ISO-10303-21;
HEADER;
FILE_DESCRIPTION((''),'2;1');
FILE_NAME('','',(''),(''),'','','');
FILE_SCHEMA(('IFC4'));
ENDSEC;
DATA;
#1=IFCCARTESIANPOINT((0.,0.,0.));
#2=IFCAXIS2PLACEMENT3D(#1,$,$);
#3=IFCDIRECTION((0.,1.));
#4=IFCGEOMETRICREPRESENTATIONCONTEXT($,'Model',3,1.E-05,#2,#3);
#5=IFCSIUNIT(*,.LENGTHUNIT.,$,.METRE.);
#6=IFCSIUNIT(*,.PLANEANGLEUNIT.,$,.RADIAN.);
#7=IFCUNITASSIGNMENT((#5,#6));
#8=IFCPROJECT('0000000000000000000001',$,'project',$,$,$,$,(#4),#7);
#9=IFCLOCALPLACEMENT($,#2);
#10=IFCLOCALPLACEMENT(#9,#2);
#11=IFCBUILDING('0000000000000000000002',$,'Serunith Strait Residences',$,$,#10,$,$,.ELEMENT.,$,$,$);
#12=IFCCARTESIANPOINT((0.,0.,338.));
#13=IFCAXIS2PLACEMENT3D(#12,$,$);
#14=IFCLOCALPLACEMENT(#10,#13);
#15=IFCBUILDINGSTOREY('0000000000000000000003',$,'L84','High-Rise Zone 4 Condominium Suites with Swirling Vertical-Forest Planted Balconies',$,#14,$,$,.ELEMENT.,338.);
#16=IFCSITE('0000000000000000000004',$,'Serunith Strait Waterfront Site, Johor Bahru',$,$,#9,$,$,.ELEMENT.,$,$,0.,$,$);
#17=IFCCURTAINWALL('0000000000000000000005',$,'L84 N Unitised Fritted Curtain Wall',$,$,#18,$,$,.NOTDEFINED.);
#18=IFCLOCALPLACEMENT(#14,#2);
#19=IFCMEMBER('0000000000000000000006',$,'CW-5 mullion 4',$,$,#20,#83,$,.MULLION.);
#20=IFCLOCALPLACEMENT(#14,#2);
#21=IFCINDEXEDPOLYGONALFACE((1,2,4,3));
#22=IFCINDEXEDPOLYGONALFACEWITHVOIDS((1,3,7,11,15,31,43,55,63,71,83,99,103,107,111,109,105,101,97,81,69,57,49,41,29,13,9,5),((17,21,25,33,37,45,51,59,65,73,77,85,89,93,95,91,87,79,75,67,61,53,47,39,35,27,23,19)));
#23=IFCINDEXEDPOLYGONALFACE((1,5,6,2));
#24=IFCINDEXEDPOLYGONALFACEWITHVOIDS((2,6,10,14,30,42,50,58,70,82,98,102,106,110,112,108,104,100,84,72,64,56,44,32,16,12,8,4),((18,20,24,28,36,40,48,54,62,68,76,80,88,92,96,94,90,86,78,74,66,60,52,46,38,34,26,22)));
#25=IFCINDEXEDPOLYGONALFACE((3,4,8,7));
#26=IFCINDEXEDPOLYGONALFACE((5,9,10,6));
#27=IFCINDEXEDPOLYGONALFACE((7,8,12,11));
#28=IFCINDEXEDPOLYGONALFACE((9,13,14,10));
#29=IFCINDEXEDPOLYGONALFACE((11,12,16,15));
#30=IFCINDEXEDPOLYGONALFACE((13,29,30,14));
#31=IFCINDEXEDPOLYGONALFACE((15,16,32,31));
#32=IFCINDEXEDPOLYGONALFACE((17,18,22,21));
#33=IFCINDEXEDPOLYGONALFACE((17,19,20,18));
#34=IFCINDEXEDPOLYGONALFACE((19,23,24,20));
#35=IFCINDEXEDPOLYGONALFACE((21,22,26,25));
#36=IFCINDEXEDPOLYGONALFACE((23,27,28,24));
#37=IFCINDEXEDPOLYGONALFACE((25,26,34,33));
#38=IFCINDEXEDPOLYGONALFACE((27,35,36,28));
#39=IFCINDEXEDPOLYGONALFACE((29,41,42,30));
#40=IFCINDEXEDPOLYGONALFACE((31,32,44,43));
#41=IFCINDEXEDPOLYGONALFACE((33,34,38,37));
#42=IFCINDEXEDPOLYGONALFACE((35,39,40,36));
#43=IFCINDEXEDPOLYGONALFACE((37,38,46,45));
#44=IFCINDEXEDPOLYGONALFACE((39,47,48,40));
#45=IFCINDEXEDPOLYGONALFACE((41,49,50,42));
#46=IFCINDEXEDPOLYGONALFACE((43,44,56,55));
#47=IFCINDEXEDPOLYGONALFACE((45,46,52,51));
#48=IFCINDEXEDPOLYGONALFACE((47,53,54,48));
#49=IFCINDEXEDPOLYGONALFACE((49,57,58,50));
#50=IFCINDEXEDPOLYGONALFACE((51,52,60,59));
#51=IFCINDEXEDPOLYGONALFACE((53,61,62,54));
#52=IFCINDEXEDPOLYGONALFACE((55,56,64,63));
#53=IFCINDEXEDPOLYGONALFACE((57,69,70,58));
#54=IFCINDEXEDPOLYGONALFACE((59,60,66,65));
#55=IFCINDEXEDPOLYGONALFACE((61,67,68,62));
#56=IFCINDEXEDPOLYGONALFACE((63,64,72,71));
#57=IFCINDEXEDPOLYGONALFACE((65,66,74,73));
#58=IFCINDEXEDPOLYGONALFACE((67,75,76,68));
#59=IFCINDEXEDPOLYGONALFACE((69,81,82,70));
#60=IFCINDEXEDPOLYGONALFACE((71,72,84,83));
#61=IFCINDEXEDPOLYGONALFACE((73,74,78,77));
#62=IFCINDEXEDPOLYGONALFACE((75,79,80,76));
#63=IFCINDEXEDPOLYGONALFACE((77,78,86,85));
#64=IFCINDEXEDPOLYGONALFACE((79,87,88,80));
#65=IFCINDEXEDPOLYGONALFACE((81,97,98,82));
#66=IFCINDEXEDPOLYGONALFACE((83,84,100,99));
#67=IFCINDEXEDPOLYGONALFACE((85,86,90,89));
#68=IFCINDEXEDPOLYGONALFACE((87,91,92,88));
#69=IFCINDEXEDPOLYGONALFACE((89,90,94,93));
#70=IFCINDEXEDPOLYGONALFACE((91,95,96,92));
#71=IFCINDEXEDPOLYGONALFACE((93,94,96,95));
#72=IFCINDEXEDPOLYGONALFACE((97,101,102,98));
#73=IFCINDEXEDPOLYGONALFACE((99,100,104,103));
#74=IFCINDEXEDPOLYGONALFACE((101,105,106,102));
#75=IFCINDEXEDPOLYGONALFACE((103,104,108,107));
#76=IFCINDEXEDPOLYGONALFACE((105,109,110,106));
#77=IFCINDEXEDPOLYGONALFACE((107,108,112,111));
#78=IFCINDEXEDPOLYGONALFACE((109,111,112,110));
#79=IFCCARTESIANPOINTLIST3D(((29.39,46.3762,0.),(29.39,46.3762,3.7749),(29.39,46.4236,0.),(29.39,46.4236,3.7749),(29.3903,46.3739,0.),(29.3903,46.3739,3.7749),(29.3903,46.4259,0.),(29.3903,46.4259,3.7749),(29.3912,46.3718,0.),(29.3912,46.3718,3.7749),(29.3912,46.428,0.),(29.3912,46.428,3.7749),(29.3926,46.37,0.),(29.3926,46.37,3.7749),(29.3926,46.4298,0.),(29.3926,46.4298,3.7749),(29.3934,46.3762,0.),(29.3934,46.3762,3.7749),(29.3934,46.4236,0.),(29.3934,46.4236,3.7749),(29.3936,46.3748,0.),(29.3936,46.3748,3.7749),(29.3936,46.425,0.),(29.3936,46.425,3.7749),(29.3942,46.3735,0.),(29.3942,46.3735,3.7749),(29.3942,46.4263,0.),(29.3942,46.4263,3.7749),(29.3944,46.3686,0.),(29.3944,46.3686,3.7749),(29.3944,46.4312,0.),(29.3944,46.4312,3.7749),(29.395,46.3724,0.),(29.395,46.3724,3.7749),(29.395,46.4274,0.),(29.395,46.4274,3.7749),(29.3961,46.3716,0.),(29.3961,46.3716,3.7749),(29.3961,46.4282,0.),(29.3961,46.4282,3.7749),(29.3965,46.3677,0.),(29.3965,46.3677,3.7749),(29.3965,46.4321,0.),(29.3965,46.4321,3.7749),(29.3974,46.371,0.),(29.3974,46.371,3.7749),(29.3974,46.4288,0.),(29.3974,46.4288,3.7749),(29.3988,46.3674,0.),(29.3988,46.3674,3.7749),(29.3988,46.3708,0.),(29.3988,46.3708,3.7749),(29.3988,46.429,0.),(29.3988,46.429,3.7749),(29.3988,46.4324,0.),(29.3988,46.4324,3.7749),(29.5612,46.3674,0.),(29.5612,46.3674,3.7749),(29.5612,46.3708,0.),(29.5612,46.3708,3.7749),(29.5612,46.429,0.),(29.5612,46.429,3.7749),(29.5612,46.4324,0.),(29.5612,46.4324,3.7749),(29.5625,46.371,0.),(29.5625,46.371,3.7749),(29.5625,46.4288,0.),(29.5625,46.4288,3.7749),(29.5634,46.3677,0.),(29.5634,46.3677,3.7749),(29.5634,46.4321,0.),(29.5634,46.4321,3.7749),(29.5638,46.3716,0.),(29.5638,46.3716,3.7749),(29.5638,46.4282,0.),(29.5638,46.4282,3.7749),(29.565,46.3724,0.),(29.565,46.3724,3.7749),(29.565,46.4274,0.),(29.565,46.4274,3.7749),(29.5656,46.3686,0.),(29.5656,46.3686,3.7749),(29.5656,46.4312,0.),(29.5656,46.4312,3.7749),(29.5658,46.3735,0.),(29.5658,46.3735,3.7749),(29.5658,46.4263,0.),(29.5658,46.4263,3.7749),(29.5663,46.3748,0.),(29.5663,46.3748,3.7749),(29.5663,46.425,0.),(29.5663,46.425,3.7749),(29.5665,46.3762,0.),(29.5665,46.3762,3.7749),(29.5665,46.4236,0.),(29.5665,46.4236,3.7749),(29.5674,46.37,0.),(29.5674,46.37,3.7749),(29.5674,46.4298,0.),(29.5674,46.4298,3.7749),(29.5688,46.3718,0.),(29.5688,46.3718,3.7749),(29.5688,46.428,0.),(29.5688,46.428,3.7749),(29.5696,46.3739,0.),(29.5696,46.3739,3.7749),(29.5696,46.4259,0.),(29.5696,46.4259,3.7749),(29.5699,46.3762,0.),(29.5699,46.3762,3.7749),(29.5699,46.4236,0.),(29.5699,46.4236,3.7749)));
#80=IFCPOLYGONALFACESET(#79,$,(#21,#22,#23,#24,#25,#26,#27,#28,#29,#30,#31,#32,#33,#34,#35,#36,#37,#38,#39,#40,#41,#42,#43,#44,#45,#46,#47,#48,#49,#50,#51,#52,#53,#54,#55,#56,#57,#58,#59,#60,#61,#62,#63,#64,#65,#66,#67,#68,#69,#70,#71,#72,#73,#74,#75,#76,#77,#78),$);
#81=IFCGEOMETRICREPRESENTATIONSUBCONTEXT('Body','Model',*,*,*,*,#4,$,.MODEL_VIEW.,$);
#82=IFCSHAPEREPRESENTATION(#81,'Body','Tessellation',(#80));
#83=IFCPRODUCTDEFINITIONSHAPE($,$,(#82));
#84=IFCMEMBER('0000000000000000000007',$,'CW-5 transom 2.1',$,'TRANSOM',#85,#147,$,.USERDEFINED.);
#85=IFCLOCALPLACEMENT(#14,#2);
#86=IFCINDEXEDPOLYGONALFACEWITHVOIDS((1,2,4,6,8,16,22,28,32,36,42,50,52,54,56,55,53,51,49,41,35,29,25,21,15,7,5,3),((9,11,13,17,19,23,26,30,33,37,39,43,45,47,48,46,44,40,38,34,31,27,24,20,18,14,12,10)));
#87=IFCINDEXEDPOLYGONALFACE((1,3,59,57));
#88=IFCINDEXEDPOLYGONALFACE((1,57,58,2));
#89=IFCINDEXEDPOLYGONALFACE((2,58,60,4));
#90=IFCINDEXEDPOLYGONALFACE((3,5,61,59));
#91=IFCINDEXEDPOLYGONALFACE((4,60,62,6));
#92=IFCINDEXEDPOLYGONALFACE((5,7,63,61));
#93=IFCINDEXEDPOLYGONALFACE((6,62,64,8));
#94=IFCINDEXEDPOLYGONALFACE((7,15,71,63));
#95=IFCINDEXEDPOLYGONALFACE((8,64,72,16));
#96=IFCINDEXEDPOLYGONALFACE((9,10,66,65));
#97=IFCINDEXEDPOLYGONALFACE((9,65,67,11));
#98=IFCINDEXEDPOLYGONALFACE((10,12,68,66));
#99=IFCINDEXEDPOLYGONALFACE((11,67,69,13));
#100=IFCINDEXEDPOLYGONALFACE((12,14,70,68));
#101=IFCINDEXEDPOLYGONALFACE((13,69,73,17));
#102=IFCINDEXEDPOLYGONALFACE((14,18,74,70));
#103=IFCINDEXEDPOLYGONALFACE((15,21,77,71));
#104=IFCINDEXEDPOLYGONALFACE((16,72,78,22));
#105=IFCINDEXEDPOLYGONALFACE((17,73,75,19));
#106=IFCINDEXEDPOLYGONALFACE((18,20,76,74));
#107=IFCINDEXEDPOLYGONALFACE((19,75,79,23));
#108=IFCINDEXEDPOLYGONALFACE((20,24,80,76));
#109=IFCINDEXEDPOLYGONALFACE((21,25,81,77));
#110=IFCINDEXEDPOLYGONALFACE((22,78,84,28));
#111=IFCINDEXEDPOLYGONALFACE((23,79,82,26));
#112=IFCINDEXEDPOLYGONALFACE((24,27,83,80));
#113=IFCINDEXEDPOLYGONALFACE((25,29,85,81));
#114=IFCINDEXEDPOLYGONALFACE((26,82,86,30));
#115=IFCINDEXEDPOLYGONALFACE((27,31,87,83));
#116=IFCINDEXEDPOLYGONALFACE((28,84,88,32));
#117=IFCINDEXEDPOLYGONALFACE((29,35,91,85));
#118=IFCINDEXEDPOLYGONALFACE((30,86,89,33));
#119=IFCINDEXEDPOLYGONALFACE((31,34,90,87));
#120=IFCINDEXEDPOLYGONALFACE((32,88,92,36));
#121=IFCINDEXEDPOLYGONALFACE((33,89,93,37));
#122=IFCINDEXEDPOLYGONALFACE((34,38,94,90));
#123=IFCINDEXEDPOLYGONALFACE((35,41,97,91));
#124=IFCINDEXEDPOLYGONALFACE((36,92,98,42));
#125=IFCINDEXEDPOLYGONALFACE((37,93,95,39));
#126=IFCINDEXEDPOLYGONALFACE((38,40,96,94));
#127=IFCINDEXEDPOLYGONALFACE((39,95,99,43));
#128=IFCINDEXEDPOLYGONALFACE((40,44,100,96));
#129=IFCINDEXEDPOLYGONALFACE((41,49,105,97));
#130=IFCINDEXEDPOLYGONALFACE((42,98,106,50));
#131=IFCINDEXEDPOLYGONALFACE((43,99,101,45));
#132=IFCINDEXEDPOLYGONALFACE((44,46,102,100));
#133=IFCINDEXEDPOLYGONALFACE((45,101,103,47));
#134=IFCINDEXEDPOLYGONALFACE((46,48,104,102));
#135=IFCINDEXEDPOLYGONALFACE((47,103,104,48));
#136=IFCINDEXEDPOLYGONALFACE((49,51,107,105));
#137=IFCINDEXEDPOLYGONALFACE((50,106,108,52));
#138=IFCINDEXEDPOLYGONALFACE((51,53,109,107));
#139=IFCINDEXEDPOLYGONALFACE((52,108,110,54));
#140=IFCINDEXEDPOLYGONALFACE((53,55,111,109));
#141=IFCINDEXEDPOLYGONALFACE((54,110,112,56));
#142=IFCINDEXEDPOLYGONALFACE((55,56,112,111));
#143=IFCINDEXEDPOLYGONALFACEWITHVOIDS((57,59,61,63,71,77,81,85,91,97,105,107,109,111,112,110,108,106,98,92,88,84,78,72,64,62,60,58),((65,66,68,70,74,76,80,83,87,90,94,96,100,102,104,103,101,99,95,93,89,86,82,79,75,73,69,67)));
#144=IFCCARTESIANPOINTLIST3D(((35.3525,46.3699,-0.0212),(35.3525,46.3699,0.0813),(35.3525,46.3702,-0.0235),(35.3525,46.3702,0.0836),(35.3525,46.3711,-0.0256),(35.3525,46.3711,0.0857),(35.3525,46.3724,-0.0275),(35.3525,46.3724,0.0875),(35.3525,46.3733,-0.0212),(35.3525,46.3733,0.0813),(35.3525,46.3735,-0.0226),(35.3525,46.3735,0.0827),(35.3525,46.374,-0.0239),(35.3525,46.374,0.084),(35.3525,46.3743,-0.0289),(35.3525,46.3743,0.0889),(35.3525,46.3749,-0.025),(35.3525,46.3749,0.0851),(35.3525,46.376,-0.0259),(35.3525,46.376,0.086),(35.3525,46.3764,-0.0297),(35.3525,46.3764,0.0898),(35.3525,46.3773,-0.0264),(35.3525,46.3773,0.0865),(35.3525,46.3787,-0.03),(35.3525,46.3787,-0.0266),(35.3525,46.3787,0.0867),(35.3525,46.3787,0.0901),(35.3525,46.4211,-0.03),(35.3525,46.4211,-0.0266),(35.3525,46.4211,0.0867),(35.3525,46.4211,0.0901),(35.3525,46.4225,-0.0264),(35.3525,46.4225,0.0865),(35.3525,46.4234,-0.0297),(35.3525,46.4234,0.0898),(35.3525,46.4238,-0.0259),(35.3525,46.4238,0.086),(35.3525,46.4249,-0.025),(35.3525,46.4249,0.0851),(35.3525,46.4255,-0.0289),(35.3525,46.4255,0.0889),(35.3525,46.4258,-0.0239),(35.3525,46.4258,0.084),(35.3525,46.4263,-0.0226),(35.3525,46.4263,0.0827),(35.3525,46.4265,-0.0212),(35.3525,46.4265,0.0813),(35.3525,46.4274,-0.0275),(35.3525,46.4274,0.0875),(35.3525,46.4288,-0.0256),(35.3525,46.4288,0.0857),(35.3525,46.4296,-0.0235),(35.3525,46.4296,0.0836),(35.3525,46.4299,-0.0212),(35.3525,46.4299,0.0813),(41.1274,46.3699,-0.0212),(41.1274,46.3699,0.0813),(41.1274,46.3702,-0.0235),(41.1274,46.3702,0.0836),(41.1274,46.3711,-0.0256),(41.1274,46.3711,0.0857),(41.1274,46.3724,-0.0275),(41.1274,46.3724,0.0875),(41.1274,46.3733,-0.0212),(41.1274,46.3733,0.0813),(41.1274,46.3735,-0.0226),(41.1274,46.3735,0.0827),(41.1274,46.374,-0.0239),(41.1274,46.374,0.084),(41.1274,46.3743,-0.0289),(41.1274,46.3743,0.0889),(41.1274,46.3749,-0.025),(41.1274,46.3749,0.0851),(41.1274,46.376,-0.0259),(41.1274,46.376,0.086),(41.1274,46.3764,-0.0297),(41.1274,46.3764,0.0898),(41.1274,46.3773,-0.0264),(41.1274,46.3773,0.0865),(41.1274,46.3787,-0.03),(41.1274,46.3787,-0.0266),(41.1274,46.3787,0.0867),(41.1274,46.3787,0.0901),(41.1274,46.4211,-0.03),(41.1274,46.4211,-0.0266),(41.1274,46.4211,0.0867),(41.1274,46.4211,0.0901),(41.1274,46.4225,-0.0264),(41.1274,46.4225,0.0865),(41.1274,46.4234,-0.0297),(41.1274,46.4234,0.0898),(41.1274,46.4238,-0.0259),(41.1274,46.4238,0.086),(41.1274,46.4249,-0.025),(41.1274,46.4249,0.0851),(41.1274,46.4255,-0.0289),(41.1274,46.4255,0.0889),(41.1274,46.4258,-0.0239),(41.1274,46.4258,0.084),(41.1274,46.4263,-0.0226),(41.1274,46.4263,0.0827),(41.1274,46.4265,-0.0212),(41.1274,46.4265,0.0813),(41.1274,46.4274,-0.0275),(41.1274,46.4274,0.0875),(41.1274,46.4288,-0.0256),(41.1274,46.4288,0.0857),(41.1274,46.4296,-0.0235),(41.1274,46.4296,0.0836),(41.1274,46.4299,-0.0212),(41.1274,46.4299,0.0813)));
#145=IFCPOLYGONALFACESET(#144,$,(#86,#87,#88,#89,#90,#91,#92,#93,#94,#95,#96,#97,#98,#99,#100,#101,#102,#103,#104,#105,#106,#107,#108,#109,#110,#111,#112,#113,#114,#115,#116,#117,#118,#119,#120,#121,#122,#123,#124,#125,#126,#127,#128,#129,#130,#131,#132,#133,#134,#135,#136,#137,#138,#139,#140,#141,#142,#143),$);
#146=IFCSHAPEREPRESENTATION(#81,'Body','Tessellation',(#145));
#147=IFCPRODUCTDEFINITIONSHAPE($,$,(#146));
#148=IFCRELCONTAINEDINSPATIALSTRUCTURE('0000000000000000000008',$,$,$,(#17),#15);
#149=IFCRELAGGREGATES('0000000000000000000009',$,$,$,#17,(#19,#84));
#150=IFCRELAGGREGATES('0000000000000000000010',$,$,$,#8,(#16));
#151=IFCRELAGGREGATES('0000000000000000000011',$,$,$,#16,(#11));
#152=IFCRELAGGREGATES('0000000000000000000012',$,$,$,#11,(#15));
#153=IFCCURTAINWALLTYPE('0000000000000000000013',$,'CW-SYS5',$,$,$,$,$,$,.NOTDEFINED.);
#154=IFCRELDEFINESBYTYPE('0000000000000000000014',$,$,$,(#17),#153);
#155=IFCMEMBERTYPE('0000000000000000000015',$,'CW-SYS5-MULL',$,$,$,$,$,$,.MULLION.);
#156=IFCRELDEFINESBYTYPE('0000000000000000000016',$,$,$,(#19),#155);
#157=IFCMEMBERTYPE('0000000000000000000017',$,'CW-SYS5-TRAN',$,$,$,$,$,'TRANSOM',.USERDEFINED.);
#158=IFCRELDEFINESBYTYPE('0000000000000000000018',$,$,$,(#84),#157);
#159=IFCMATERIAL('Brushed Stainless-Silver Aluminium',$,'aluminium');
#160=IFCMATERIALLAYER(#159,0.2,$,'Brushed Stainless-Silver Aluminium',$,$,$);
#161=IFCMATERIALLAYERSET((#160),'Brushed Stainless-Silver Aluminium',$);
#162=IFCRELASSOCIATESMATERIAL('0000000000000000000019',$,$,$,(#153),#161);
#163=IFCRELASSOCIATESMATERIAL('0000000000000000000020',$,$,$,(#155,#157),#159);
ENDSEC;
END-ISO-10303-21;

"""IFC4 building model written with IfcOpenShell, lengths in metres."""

from ifc_helpers import new_model, si_unit, direction, frame, origin, origin_2d, place, context, subcontext, project, spatial, hollow_rectangle, extrude, source, transform, mapped, material, layer, layer_set, material_profile, profile_set, type_object, element, aggregate, save


model = new_model("IFC4")

# Units and contexts
model_context = context("Model", 3, precision=1e-05, world=origin(), true_north=direction((0.0, 1.0)))
body_context = subcontext(model_context, "Body", "Model", "MODEL_VIEW")
ifc_project = project(units=[si_unit("LENGTHUNIT", "METRE"), si_unit("PLANEANGLEUNIT", "RADIAN")], contexts=[model_context])

# Site, building, storey
site_placement = place(None, origin())
site = spatial("IfcSite", under=ifc_project, at=site_placement, Name="Serunith Strait Waterfront Site, Johor Bahru", CompositionType="ELEMENT", RefElevation=0.0)
building_placement = place(site_placement, origin())
building = spatial("IfcBuilding", under=site, at=building_placement, Name="Serunith Strait Residences", CompositionType="ELEMENT")
storey_placement = place(building_placement, frame((0.0, 0.0, 338.0)))
storey = spatial("IfcBuildingStorey", under=building, at=storey_placement, Name="L84", Description="High-Rise Zone 4 Condominium Suites with Swirling Vertical-Forest Planted Balconies", CompositionType="ELEMENT", Elevation=338.0)

# Curtain wall, members
ifc_material_1 = material(Name="Brushed Stainless-Silver Aluminium", Category="aluminium")
ifc_layer_1 = layer(ifc_material_1, 0.2, Name="Brushed Stainless-Silver Aluminium")
ifc_layer_set_1 = layer_set([ifc_layer_1], Name="Brushed Stainless-Silver Aluminium")
curtain_wall_type = type_object("IfcCurtainWallType", Name="CW-SYS5", PredefinedType="NOTDEFINED", material=ifc_layer_set_1)
curtain_wall_placement = place(storey_placement, origin())
curtain_wall = element("IfcCurtainWall", 1, at=curtain_wall_placement, inside=storey, type_object=curtain_wall_type, Name="L84 N Unitised Fritted Curtain Wall", PredefinedType="NOTDEFINED")
ifc_material_profile_1 = material_profile(ifc_material_1, hollow_rectangle(XDim=0.0649, YDim=0.1799, WallThickness=0.0034, InnerFilletRadius=0.0054, OuterFilletRadius=0.0088, at=origin_2d()), Name="ALU 180x65x3.5")
ifc_profile_set_1 = profile_set([ifc_material_profile_1], Name="Brushed Stainless-Silver Aluminium")
member_type_1 = type_object("IfcMemberType", Name="CW-SYS5-MULL", PredefinedType="MULLION", material=ifc_profile_set_1)
shared_shape_1 = source(origin(), body_context, "Body", "SweptSolid", [
    extrude(hollow_rectangle(XDim=0.0649, YDim=0.1799, WallThickness=0.0034, InnerFilletRadius=0.0054, OuterFilletRadius=0.0088, at=origin_2d()), origin(), (0.0, 0.0, 1.0), 3.7749),
])
member_1_placement = place(storey_placement, frame((29.48, 46.3999, 0.0), z_axis=(0.0, 0.0, 1.0), x_axis=(0.0, -1.0, 0.0)))
member_1 = element("IfcMember", 2, at=member_1_placement, type_object=member_type_1, Name="CW-5 mullion 4", PredefinedType="MULLION", context=body_context, shape_type="MappedRepresentation", body=[
    mapped(shared_shape_1, transform((0.0, 0.0, 0.0), scale=1.0)),
])
ifc_material_profile_2 = material_profile(ifc_material_1, hollow_rectangle(XDim=0.0601, YDim=0.1201, WallThickness=0.0034, InnerFilletRadius=0.0054, OuterFilletRadius=0.0088, at=origin_2d()), Name="ALU 120x60x3.5")
ifc_profile_set_2 = profile_set([ifc_material_profile_2], Name="Brushed Stainless-Silver Aluminium")
member_type_2 = type_object("IfcMemberType", Name="CW-SYS5-TRAN", ElementType="TRANSOM", PredefinedType="USERDEFINED", material=ifc_profile_set_2)
shared_shape_2 = source(origin(), body_context, "Body", "SweptSolid", [
    extrude(hollow_rectangle(XDim=0.0601, YDim=0.1201, WallThickness=0.0034, InnerFilletRadius=0.0054, OuterFilletRadius=0.0088, at=origin_2d()), origin(), (0.0, 0.0, 1.0), 5.7749),
])
member_2_placement = place(storey_placement, frame((41.1274, 46.3999, 0.03), z_axis=(-1.0, 0.0, 0.0), x_axis=(0.0, -1.0, 0.0)))
member_2 = element("IfcMember", 3, at=member_2_placement, type_object=member_type_2, Name="CW-5 transom 2.1", ObjectType="TRANSOM", PredefinedType="USERDEFINED", context=body_context, shape_type="MappedRepresentation", body=[
    mapped(shared_shape_2, transform((0.0, 0.0, 0.0), scale=1.0)),
])
aggregate(curtain_wall, [member_1, member_2])

save(model, "model.ifc")
